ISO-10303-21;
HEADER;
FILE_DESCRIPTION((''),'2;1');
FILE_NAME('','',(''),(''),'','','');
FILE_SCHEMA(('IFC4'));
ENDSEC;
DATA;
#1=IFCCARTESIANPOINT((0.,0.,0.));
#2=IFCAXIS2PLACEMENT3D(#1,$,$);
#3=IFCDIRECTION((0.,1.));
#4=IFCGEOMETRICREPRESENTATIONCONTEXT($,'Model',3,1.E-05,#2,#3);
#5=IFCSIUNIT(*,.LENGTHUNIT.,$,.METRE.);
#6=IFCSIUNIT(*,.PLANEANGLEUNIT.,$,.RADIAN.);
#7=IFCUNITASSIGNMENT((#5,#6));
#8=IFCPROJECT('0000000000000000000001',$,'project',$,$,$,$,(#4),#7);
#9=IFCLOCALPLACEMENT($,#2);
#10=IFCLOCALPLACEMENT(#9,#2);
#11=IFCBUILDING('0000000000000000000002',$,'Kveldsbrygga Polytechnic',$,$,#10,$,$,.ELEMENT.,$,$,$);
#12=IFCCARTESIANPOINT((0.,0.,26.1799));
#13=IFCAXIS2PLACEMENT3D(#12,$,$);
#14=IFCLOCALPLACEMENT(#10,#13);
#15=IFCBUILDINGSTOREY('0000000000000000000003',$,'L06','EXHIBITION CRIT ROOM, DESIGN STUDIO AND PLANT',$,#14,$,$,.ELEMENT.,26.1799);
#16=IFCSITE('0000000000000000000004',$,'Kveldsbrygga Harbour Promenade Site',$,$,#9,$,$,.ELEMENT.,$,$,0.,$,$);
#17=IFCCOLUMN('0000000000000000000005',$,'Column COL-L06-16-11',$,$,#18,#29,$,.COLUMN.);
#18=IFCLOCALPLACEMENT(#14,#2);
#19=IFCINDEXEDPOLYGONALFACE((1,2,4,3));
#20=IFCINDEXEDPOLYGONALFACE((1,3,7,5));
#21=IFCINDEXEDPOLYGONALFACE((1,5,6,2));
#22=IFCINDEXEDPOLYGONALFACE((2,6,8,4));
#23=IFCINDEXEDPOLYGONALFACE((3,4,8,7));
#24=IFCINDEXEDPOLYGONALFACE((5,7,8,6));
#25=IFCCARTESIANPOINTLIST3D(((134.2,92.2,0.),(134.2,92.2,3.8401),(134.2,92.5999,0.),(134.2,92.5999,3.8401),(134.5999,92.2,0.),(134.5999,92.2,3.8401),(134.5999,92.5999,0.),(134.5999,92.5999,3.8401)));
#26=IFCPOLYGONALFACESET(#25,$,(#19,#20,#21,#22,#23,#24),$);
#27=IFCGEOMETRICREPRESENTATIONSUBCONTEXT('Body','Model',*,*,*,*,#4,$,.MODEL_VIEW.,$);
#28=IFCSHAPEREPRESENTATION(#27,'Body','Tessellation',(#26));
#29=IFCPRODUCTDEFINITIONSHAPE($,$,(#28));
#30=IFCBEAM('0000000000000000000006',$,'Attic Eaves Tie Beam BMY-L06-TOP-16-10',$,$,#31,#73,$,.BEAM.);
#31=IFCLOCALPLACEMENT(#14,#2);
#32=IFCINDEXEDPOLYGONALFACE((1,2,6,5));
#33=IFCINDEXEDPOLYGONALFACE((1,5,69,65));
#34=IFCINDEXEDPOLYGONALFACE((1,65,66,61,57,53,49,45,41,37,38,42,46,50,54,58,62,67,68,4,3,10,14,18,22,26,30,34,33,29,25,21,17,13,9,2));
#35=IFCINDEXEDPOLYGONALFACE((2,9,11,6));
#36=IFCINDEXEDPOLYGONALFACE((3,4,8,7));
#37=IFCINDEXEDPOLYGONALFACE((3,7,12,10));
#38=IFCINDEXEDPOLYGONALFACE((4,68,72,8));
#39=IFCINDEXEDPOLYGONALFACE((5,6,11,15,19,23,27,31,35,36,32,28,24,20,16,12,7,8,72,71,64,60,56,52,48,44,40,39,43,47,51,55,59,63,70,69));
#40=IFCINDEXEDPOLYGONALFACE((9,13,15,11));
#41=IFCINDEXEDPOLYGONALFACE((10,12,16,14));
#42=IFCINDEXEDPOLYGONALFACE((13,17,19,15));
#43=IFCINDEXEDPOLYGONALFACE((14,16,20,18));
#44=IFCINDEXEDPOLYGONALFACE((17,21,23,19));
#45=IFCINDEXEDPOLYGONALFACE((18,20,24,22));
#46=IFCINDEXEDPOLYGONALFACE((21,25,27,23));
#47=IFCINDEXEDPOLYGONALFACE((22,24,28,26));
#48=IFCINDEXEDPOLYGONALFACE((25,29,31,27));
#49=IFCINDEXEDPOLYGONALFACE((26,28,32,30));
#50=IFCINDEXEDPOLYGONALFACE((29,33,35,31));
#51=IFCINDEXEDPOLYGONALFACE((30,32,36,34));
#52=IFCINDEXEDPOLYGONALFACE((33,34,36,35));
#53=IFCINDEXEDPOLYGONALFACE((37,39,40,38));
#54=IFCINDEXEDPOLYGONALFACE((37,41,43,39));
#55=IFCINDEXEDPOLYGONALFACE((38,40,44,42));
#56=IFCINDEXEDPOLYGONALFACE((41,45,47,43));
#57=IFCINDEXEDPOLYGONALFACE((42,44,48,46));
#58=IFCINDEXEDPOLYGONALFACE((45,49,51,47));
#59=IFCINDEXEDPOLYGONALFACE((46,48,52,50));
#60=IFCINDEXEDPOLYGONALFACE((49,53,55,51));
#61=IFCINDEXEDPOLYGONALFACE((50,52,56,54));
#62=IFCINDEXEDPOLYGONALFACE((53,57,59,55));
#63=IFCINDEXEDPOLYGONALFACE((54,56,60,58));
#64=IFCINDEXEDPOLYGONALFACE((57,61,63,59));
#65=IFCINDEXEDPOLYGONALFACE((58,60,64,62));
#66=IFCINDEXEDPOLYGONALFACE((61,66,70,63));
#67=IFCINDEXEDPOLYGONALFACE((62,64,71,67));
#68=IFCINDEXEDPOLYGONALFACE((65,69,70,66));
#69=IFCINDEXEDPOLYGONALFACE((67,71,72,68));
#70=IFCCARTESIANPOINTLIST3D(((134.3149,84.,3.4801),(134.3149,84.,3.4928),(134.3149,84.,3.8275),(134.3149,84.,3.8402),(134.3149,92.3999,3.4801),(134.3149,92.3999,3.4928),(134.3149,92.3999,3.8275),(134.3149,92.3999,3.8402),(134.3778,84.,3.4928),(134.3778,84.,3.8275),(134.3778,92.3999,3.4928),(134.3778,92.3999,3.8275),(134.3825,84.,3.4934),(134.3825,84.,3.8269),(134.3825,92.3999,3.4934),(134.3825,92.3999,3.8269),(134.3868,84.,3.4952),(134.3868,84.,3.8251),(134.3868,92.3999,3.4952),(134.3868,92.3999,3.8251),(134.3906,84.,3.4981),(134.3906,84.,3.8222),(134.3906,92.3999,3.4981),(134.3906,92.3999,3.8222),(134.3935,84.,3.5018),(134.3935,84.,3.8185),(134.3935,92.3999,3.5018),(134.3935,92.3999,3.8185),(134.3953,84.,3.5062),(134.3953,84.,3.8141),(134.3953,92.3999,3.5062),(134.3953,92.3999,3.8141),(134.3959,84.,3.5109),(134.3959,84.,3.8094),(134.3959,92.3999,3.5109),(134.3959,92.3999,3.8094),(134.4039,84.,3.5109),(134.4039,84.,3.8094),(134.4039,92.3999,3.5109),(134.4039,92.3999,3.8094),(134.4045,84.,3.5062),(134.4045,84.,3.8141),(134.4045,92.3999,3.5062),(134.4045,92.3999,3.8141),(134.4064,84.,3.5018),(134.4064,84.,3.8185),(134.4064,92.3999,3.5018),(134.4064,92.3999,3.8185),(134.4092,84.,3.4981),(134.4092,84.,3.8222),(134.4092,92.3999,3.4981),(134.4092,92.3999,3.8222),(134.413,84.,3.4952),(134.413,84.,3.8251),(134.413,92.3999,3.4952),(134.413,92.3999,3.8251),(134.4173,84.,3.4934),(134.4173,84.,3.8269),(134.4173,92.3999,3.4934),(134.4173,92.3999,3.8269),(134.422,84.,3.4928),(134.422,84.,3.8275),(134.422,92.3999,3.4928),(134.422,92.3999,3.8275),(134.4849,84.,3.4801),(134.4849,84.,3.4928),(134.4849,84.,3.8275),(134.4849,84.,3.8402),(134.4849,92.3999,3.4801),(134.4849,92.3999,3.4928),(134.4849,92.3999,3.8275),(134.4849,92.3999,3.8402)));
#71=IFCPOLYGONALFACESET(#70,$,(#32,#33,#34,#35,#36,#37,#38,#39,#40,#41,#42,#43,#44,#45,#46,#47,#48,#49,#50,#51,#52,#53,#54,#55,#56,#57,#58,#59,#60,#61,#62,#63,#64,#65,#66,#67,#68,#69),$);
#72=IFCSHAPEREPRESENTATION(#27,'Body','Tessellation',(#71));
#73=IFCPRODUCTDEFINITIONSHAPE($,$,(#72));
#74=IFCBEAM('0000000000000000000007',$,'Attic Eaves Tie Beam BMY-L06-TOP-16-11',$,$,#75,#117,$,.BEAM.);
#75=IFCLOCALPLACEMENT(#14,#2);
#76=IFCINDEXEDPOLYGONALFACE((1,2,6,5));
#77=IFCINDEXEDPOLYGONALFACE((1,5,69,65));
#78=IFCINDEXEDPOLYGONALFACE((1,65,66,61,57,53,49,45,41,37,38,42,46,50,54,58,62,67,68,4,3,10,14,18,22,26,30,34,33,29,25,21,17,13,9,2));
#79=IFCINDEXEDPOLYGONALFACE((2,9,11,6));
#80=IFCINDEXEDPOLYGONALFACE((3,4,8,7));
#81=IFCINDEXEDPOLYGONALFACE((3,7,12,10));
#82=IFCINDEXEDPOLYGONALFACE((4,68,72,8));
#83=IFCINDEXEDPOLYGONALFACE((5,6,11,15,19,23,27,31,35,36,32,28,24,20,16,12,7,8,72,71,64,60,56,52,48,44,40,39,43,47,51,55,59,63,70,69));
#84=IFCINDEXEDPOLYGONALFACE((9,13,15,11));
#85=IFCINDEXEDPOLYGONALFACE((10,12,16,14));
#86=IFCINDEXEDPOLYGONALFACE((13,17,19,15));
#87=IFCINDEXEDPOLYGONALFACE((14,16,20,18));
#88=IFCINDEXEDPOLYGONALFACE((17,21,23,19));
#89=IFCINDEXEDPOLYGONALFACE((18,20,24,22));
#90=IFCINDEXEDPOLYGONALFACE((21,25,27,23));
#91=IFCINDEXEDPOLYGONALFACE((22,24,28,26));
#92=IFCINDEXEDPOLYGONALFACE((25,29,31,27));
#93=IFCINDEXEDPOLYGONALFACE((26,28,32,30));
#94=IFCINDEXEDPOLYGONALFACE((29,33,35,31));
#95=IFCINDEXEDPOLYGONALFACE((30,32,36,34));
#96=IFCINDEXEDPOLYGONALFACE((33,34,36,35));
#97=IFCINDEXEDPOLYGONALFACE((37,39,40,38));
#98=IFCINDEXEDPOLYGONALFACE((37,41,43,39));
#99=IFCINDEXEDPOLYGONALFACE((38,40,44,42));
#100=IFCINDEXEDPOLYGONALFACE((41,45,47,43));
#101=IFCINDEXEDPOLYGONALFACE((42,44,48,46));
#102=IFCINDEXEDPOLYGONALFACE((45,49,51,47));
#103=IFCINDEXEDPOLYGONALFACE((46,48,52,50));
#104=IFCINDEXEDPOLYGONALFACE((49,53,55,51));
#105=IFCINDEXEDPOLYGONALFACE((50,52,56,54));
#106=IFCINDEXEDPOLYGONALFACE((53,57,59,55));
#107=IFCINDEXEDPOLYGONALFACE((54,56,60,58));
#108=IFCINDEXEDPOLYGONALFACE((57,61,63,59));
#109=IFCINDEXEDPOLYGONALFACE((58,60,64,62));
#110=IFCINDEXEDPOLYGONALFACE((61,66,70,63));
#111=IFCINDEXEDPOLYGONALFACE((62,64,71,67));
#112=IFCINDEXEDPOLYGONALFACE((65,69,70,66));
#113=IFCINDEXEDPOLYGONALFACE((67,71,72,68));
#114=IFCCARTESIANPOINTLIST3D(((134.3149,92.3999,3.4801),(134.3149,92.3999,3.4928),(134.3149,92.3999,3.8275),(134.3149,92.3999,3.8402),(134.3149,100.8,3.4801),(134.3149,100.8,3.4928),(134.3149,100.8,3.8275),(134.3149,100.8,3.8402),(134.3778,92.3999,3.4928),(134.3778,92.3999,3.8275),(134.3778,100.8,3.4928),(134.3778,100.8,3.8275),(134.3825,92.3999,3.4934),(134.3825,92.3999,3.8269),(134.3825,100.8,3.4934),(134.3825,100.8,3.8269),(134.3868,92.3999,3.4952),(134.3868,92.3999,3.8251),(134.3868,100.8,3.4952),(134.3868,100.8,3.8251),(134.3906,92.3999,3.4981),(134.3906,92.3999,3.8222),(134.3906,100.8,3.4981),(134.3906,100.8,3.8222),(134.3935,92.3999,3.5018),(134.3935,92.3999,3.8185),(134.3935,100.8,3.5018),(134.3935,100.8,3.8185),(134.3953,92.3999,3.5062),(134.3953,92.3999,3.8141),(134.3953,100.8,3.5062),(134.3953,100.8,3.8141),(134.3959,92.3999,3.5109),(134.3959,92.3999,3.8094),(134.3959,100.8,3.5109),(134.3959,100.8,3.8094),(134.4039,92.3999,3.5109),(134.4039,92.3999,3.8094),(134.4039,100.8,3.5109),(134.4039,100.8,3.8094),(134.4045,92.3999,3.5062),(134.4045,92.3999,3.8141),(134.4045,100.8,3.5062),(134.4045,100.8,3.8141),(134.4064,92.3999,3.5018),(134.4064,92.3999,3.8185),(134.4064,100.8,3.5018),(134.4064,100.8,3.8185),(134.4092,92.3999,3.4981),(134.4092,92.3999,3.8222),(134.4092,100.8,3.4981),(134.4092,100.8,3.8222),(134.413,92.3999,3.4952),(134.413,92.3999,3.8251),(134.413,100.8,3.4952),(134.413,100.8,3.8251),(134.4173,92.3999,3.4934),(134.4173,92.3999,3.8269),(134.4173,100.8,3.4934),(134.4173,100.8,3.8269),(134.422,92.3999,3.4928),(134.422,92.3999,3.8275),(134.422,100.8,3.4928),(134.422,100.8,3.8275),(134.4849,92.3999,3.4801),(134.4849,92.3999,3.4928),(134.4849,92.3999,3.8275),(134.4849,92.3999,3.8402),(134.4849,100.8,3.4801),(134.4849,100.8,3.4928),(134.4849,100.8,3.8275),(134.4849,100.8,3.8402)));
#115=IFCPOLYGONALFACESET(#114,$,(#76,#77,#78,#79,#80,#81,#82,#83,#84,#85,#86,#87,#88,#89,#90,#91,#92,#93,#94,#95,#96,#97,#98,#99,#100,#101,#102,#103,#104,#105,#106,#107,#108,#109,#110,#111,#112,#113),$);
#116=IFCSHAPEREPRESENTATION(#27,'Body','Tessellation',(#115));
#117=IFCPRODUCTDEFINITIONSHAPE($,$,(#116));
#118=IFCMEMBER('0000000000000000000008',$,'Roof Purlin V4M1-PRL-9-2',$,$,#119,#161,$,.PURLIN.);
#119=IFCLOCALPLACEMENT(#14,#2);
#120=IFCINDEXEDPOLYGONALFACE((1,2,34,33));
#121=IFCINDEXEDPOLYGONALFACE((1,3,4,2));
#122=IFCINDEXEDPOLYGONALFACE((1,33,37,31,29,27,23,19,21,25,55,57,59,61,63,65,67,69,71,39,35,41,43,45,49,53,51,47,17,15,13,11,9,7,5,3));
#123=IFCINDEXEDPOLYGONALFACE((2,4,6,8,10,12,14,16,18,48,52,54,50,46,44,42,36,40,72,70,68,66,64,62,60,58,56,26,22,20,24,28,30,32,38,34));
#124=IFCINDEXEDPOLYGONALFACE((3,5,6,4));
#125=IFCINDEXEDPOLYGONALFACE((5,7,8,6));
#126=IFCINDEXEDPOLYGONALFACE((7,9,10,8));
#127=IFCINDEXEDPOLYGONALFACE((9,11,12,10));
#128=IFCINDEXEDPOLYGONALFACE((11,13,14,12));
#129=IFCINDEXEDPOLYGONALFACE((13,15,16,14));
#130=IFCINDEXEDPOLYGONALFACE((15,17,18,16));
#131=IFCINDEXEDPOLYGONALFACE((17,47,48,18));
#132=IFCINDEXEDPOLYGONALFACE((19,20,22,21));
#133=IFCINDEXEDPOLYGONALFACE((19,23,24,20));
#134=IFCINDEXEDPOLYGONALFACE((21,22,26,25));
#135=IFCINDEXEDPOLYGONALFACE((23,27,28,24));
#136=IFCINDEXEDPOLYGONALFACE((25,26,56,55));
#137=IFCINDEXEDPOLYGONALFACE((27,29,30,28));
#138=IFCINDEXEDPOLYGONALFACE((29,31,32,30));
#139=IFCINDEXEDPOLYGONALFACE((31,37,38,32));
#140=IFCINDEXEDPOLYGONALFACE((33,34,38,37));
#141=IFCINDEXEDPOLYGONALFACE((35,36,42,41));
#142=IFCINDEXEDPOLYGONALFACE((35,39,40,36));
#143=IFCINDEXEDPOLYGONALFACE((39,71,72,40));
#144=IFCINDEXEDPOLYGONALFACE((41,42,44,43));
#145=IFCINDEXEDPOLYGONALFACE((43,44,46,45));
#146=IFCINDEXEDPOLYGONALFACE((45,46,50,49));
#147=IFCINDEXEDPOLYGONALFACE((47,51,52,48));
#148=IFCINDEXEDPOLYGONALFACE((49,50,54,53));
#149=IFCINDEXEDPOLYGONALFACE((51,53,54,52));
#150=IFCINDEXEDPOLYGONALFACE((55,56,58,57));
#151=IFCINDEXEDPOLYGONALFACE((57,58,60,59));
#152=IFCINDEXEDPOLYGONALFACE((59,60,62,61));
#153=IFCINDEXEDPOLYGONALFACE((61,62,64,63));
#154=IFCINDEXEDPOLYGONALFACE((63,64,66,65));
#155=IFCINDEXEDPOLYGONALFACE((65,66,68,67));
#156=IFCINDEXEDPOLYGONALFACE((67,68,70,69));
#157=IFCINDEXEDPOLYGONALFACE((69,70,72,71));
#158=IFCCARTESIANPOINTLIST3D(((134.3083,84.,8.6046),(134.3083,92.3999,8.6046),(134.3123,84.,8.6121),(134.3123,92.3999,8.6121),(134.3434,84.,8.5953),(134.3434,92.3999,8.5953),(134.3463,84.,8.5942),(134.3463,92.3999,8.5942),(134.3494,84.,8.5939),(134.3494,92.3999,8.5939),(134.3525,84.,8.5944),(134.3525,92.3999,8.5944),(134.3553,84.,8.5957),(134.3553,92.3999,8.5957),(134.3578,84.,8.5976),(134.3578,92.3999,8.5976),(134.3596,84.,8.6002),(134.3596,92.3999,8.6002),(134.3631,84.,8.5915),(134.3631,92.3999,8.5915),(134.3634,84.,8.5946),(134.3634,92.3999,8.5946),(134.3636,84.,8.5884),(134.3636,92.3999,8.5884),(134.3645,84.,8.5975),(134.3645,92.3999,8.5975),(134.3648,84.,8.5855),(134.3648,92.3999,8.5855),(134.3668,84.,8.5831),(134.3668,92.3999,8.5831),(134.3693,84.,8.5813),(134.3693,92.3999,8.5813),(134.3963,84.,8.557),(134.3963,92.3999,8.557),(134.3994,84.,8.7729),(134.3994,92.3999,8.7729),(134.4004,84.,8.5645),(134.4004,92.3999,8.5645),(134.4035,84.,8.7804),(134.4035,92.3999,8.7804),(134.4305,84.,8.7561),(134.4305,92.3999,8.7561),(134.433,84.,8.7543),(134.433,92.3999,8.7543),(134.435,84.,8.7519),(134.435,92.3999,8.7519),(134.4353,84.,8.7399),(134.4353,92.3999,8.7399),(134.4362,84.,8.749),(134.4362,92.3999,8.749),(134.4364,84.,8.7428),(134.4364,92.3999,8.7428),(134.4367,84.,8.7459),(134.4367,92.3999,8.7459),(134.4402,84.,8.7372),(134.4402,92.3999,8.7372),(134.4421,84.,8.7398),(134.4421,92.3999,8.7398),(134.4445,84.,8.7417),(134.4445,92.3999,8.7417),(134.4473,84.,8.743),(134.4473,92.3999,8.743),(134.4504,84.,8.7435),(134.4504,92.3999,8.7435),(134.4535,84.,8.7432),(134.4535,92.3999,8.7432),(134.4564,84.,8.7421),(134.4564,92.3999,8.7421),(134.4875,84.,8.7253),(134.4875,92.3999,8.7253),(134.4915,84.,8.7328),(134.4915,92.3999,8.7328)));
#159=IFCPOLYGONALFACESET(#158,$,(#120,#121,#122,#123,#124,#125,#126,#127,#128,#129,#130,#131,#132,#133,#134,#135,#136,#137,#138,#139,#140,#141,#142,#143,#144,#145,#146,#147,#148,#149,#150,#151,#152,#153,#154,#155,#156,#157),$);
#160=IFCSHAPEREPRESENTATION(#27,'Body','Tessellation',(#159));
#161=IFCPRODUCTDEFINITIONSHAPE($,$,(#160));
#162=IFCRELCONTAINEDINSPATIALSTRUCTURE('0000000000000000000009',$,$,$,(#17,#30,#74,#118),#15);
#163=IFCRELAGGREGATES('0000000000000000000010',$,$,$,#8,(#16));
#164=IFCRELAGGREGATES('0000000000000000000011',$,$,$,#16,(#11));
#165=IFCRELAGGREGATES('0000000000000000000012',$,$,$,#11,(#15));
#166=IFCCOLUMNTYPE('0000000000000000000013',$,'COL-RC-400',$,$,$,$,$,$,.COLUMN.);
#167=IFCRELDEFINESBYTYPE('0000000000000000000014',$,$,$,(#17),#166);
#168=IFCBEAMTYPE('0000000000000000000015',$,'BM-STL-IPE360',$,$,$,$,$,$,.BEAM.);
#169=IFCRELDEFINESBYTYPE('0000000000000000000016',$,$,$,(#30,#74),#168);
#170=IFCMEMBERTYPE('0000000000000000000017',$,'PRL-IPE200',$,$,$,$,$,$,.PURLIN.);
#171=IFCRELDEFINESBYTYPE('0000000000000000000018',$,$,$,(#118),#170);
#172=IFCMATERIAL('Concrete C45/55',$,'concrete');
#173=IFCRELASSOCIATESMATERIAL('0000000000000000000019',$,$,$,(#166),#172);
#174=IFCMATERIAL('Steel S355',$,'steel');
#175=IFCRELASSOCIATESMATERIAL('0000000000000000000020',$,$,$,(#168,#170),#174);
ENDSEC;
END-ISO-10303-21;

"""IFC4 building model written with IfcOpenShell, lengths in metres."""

from ifc_helpers import new_model, si_unit, direction, frame, origin, origin_2d, place, context, subcontext, project, spatial, rectangle, i_section, extrude, material, material_profile, profile_set, type_object, element, save


model = new_model("IFC4")

# Units and contexts
model_context = context("Model", 3, precision=1e-05, world=origin(), true_north=direction((0.0, 1.0)))
body_context = subcontext(model_context, "Body", "Model", "MODEL_VIEW")
ifc_project = project(units=[si_unit("LENGTHUNIT", "METRE"), si_unit("PLANEANGLEUNIT", "RADIAN")], contexts=[model_context])

# Site, building, storey
site_placement = place(None, origin())
site = spatial("IfcSite", under=ifc_project, at=site_placement, Name="Kveldsbrygga Harbour Promenade Site", CompositionType="ELEMENT", RefElevation=0.0)
building_placement = place(site_placement, origin())
building = spatial("IfcBuilding", under=site, at=building_placement, Name="Kveldsbrygga Polytechnic", CompositionType="ELEMENT")
storey_placement = place(building_placement, frame((0.0, 0.0, 26.1799)))
storey = spatial("IfcBuildingStorey", under=building, at=storey_placement, Name="L06", Description="EXHIBITION CRIT ROOM, DESIGN STUDIO AND PLANT", CompositionType="ELEMENT", Elevation=26.1799)

# Column
ifc_material_1 = material(Name="Concrete C45/55", Category="concrete")
ifc_material_profile_1 = material_profile(ifc_material_1, rectangle(XDim=0.3999, YDim=0.3999, at=origin_2d()), Name="RC 400x400")
ifc_profile_set_1 = profile_set([ifc_material_profile_1], Name="Concrete C45/55")
column_type = type_object("IfcColumnType", Name="COL-RC-400", PredefinedType="COLUMN", material=ifc_profile_set_1)
column_placement = place(storey_placement, frame((134.3999, 92.3999, 0.0), z_axis=(0.0, 0.0, 1.0), x_axis=(1.0, 0.0, 0.0)))
element("IfcColumn", 1, at=column_placement, inside=storey, type_object=column_type, Name="Column COL-L06-16-11", PredefinedType="COLUMN", context=body_context, shape_type="SweptSolid", body=[
    extrude(rectangle(XDim=0.3999, YDim=0.3999, at=origin_2d()), origin(), (0.0, 0.0, 1.0), 3.8401),
])

# Beams
ifc_material_2 = material(Name="Steel S355", Category="steel")
ifc_material_profile_2 = material_profile(ifc_material_2, i_section(OverallWidth=0.1699, OverallDepth=0.3601, WebThickness=0.0081, FlangeThickness=0.0127, FilletRadius=0.0181, at=origin_2d()), Name="IPE 360")
ifc_profile_set_2 = profile_set([ifc_material_profile_2], Name="Steel S355")
beam_type = type_object("IfcBeamType", Name="BM-STL-IPE360", PredefinedType="BEAM", material=ifc_profile_set_2)
beam_1_placement = place(storey_placement, frame((134.3999, 84.0, 3.6602), z_axis=(0.0, 1.0, 0.0), x_axis=(-1.0, 0.0, 0.0)))
element("IfcBeam", 2, at=beam_1_placement, inside=storey, type_object=beam_type, Name="Attic Eaves Tie Beam BMY-L06-TOP-16-10", PredefinedType="BEAM", context=body_context, shape_type="SweptSolid", body=[
    extrude(i_section(OverallWidth=0.1699, OverallDepth=0.3601, WebThickness=0.0081, FlangeThickness=0.0127, FilletRadius=0.0181, at=origin_2d()), origin(), (0.0, 0.0, 1.0), 8.3999),
])
beam_2_placement = place(storey_placement, frame((134.3999, 92.3999, 3.6602), z_axis=(0.0, 1.0, 0.0), x_axis=(-1.0, 0.0, 0.0)))
element("IfcBeam", 3, at=beam_2_placement, inside=storey, type_object=beam_type, Name="Attic Eaves Tie Beam BMY-L06-TOP-16-11", PredefinedType="BEAM", context=body_context, shape_type="SweptSolid", body=[
    extrude(i_section(OverallWidth=0.1699, OverallDepth=0.3601, WebThickness=0.0081, FlangeThickness=0.0127, FilletRadius=0.0181, at=origin_2d()), origin(), (0.0, 0.0, 1.0), 8.4001),
])

# Member
ifc_material_profile_3 = material_profile(ifc_material_2, i_section(OverallWidth=0.1001, OverallDepth=0.2, WebThickness=0.0056, FlangeThickness=0.0085, FilletRadius=0.012, at=origin_2d()), Name="IPE 200")
ifc_profile_set_3 = profile_set([ifc_material_profile_3], Name="Steel S355")
member_type_1 = type_object("IfcMemberType", Name="PRL-IPE200", PredefinedType="PURLIN", material=ifc_profile_set_3)
for number, where, z_axis, x_axis, name in (
    (4, (134.3999, 84.0, 8.6687), (0.0, 1.0, 0.0), (-0.879292, 0.0, 0.476283), "Roof Purlin V4M1-PRL-9-2"),
):
    element("IfcMember", number, at=place(storey_placement, frame(where, z_axis=z_axis, x_axis=x_axis)), inside=storey, type_object=member_type_1, Name=name, PredefinedType="PURLIN", context=body_context, shape_type="SweptSolid", body=[
        extrude(i_section(OverallWidth=0.1001, OverallDepth=0.2, WebThickness=0.0056, FlangeThickness=0.0085, FilletRadius=0.012, at=origin_2d()), origin(), (0.0, 0.0, 1.0), 8.3999),
    ])

save(model, "model.ifc")
